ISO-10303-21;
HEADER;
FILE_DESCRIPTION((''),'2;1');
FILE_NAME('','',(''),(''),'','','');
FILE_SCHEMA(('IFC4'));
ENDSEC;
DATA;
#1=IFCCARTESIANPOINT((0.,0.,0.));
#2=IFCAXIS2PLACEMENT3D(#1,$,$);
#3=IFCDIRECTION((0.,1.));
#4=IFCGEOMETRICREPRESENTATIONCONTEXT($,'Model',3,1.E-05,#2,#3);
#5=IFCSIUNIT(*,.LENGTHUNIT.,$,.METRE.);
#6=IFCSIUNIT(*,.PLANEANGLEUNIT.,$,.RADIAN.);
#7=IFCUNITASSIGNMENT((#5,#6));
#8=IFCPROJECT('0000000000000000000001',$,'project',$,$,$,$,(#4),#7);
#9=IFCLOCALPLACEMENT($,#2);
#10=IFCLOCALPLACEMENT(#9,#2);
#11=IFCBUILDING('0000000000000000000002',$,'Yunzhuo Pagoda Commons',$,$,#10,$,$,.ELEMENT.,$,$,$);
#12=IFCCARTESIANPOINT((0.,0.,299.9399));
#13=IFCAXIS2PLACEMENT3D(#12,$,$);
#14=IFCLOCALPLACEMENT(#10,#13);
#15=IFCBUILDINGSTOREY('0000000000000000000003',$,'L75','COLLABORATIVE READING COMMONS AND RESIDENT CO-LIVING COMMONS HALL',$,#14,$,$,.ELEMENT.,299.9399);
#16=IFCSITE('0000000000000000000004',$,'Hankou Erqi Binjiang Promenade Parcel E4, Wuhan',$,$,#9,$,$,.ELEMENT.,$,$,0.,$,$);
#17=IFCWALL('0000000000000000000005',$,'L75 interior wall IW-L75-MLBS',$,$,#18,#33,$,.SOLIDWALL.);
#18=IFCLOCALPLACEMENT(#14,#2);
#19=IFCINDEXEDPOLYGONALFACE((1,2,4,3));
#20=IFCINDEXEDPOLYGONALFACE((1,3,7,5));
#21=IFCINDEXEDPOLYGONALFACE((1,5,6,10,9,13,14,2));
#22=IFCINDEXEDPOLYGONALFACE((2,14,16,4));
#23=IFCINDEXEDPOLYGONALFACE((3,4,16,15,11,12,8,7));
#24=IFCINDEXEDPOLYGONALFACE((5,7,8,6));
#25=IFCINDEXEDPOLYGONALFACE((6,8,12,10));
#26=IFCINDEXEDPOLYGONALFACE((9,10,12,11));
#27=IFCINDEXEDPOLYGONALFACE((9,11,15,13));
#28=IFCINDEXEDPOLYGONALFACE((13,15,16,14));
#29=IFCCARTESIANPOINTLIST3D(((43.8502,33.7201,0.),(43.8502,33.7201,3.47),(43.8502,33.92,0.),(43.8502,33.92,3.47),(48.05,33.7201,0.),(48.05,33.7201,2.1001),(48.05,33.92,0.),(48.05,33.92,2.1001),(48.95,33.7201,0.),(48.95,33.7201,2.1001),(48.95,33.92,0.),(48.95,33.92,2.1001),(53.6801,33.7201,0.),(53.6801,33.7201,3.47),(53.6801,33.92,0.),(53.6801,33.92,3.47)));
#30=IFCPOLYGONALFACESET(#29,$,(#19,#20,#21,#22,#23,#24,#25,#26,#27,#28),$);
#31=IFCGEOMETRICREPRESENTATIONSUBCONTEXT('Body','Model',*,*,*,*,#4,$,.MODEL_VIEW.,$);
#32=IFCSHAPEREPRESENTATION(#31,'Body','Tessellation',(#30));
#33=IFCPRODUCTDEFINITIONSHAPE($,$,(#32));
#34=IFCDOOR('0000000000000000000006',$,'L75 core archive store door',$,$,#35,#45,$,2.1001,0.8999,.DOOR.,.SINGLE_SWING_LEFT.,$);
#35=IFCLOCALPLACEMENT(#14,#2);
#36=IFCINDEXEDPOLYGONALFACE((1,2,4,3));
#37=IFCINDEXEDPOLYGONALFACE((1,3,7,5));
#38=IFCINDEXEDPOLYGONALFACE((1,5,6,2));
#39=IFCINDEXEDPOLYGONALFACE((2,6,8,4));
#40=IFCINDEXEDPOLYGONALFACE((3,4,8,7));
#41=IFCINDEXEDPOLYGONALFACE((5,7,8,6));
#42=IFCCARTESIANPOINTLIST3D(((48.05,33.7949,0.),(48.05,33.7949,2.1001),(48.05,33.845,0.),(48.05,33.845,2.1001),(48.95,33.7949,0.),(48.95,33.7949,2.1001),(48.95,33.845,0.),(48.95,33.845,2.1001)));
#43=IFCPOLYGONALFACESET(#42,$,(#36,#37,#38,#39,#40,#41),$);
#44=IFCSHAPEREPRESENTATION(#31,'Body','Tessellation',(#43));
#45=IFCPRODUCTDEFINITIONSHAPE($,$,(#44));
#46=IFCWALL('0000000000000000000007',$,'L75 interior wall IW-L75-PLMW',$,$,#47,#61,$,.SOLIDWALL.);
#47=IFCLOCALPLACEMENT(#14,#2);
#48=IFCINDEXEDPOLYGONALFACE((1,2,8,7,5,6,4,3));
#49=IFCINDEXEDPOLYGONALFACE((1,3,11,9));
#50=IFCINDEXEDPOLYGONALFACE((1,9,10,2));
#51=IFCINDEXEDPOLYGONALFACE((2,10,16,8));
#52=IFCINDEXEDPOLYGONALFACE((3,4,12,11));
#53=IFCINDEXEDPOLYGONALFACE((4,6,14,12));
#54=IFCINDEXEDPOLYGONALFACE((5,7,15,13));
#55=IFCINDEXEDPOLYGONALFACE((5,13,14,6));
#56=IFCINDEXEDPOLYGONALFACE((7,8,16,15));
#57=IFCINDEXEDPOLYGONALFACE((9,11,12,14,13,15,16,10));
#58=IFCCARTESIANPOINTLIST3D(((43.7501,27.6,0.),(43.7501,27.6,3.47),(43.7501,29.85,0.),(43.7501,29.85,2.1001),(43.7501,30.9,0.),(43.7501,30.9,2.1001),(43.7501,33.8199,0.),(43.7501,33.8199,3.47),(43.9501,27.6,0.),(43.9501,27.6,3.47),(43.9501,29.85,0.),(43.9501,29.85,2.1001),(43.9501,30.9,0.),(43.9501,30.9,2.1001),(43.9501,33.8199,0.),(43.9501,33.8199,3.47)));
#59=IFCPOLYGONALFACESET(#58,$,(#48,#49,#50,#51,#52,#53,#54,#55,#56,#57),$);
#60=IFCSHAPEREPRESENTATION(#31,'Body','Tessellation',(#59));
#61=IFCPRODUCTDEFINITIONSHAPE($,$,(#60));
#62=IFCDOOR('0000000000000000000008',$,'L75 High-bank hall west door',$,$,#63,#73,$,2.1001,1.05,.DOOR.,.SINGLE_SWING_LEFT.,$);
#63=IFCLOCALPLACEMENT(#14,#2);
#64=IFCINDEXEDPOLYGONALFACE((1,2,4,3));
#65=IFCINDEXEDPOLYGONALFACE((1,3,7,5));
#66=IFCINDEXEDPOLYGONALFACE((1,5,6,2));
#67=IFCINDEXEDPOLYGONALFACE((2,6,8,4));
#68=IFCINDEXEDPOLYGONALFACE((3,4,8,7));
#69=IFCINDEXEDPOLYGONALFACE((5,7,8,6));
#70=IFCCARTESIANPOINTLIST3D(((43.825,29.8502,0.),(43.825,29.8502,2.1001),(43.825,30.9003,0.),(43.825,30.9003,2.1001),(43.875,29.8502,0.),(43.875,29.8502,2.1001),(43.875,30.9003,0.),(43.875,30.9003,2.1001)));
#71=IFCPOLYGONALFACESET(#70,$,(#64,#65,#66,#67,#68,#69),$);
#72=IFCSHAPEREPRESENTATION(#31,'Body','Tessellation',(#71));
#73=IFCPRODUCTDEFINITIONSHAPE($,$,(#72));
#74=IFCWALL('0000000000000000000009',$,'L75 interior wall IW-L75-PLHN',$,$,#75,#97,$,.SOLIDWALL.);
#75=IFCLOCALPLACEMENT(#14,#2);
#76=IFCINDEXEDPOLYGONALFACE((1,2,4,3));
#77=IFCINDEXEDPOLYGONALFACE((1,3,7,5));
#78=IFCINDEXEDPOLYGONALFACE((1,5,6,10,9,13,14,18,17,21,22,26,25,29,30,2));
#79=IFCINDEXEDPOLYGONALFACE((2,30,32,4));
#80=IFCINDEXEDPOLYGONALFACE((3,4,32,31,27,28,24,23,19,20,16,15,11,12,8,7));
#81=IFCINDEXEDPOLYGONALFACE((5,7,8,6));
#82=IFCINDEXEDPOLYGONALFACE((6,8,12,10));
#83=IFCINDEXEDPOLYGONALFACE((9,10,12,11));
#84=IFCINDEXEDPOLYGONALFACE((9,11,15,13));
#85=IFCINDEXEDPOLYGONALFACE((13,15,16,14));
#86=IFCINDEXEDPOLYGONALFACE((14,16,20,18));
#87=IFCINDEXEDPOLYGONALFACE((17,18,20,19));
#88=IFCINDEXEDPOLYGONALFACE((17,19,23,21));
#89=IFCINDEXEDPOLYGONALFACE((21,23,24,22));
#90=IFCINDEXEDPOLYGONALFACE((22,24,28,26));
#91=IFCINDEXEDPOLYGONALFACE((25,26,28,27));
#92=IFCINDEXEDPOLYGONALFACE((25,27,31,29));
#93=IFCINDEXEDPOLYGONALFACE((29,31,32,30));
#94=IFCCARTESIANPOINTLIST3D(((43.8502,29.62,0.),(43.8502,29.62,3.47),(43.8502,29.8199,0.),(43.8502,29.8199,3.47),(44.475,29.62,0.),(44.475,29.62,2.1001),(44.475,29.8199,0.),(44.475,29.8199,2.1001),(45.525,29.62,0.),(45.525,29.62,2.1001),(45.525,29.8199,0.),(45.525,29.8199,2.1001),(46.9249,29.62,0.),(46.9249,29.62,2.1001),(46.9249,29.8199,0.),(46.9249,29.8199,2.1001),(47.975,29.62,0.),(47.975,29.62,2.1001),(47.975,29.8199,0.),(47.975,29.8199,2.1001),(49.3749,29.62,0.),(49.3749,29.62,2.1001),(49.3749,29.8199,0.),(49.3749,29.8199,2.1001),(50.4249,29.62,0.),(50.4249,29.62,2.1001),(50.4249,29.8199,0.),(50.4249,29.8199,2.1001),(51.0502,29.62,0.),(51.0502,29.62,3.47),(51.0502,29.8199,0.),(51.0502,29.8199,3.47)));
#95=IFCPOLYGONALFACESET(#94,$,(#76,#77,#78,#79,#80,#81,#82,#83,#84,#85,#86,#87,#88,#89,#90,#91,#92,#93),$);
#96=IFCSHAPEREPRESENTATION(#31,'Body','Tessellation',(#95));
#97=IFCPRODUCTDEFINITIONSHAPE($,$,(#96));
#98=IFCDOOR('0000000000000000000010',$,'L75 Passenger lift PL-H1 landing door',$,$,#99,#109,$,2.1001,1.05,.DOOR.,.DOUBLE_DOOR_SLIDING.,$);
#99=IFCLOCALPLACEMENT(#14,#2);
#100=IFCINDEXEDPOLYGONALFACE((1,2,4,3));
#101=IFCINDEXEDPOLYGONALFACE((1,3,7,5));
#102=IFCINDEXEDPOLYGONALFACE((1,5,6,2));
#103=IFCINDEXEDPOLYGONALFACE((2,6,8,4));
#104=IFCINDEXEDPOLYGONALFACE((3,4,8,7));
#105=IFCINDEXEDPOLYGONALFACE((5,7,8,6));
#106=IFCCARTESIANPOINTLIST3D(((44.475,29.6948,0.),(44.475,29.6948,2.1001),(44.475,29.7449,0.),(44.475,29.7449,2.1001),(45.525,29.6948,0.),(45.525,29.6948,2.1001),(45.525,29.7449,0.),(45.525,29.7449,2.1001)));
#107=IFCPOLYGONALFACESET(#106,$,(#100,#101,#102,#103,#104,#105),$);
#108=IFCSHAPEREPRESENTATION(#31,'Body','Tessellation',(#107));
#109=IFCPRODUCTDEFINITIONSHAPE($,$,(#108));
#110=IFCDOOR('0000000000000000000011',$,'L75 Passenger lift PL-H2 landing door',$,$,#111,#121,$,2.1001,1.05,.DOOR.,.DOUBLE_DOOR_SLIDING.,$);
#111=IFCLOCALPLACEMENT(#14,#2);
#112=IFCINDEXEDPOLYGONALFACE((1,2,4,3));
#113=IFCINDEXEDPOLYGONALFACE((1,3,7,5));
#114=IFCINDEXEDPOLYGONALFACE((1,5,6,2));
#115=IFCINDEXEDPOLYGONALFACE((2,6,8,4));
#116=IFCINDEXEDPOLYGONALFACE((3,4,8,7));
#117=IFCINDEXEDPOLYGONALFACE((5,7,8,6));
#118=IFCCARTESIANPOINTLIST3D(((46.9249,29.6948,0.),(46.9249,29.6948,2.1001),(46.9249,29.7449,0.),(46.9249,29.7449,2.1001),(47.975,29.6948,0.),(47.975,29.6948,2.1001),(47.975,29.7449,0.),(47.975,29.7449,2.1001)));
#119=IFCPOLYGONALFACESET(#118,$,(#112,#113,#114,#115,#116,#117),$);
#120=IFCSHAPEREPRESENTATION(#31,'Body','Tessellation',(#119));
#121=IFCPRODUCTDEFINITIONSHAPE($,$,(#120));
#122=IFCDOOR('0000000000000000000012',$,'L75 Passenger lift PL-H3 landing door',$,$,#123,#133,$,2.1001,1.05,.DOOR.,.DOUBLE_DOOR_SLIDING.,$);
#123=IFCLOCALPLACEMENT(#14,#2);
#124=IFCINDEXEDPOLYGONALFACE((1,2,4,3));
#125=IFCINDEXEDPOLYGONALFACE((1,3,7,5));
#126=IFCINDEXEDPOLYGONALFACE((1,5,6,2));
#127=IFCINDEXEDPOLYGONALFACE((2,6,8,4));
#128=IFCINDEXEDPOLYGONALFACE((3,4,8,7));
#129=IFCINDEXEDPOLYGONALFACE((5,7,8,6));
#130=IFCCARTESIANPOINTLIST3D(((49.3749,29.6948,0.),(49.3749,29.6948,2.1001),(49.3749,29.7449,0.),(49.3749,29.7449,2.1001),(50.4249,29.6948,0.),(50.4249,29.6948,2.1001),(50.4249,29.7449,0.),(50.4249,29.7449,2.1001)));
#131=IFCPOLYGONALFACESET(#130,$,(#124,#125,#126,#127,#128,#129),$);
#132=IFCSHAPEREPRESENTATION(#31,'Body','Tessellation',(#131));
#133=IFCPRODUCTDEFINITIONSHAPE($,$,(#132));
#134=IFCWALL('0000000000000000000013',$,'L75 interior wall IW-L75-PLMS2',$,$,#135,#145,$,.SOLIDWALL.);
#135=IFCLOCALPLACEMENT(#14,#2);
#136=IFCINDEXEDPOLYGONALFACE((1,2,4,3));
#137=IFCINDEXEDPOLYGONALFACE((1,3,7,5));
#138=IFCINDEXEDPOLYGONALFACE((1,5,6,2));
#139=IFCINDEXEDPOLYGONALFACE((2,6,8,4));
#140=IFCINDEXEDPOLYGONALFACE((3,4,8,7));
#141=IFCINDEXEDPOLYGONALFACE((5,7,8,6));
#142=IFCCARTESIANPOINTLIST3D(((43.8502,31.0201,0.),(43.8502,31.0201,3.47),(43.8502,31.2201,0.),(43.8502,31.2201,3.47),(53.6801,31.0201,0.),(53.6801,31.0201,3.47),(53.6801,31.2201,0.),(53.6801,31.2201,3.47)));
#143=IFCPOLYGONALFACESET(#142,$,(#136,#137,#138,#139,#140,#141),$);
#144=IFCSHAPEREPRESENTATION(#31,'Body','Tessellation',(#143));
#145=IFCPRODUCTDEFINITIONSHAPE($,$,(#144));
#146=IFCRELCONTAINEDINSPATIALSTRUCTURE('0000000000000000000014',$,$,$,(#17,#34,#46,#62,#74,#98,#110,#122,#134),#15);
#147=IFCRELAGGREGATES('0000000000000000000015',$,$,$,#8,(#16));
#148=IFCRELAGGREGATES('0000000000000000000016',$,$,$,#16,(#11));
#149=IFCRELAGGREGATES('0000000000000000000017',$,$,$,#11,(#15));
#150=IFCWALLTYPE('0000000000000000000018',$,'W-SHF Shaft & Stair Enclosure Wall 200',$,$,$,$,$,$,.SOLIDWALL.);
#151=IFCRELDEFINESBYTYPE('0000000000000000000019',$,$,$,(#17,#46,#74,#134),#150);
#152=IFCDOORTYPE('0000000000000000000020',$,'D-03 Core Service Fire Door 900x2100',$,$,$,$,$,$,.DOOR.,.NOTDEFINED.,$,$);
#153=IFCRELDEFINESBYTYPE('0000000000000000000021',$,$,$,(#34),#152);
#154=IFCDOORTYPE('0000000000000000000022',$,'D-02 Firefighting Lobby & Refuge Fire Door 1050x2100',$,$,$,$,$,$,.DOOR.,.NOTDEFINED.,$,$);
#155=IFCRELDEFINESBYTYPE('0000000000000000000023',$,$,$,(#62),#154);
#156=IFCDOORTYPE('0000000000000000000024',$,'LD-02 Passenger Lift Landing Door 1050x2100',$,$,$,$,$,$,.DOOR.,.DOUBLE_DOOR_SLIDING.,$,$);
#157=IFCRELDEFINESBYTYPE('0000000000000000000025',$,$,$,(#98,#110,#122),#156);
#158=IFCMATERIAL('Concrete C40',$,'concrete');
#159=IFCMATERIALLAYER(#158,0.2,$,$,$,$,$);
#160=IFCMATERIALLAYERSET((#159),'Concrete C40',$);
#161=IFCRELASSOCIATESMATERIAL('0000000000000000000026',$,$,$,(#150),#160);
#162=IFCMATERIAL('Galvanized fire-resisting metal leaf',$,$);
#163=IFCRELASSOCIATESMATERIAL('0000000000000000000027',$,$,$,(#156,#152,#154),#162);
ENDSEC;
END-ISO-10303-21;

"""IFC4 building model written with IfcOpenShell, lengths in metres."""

from ifc_helpers import new_model, si_unit, direction, frame, frame_2d, origin, origin_with_axes, place, context, subcontext, project, spatial, rectangle, extrude, source, transform, mapped, material, layer, layer_set, type_object, element, fill, save


model = new_model("IFC4")

# Units and contexts
model_context = context("Model", 3, precision=1e-05, world=origin(), true_north=direction((0.0, 1.0)))
body_context = subcontext(model_context, "Body", "Model", "MODEL_VIEW")
ifc_project = project(units=[si_unit("LENGTHUNIT", "METRE"), si_unit("PLANEANGLEUNIT", "RADIAN")], contexts=[model_context])

# Site, building, storey
site_placement = place(None, origin())
site = spatial("IfcSite", under=ifc_project, at=site_placement, Name="Hankou Erqi Binjiang Promenade Parcel E4, Wuhan", CompositionType="ELEMENT", RefElevation=0.0)
building_placement = place(site_placement, origin())
building = spatial("IfcBuilding", under=site, at=building_placement, Name="Yunzhuo Pagoda Commons", CompositionType="ELEMENT")
storey_placement = place(building_placement, frame((0.0, 0.0, 299.9399)))
storey = spatial("IfcBuildingStorey", under=building, at=storey_placement, Name="L75", Description="COLLABORATIVE READING COMMONS AND RESIDENT CO-LIVING COMMONS HALL", CompositionType="ELEMENT", Elevation=299.9399)

# Shared definitions
ifc_material_1 = material(Name="Galvanized fire-resisting metal leaf")

# Shared definitions
ifc_material_2 = material(Name="Concrete C40", Category="concrete")
ifc_layer_1 = layer(ifc_material_2, 0.2)
ifc_layer_set_1 = layer_set([ifc_layer_1], Name="Concrete C40")
wall_type_1 = type_object("IfcWallType", Name="W-SHF Shaft & Stair Enclosure Wall 200", PredefinedType="SOLIDWALL", material=ifc_layer_set_1)
door_type_1 = type_object("IfcDoorType", Name="LD-02 Passenger Lift Landing Door 1050x2100", OperationType="DOUBLE_DOOR_SLIDING", PredefinedType="DOOR", material=ifc_material_1)
shared_shape_1 = source(origin(), body_context, "Body", "SweptSolid", [
    extrude(rectangle(XDim=1.05, YDim=2.1001, at=frame_2d((0.5249, 1.05))), frame((0.0, 0.0249, 0.0), z_axis=(0.0, -1.0, 0.0), x_axis=(1.0, 0.0, 0.0)), (0.0, 0.0, 1.0), 0.05),
])

# Walls, openings, doors
wall_1_placement = place(storey_placement, frame((43.8501, 33.8201, 0.0), z_axis=(0.0, 0.0, 1.0), x_axis=(1.0, 0.0, 0.0)))
wall_1 = element("IfcWall", 1, at=wall_1_placement, inside=storey, type_object=wall_type_1, Name="L75 interior wall IW-L75-MLBS", PredefinedType="SOLIDWALL", context=body_context, shape_type="SweptSolid", body=[
    extrude(rectangle(XDim=9.8298, YDim=0.2, at=frame_2d((4.915, 0.0))), origin(), (0.0, 0.0, 1.0), 3.47),
])
opening_1_placement = place(wall_1_placement, frame((4.2, 0.0, 0.0)))
opening_1 = element("IfcOpeningElement", 2, at=opening_1_placement, cuts=wall_1, PredefinedType="OPENING", context=body_context, shape_type="SweptSolid", body=[
    extrude(rectangle(XDim=0.8999, YDim=2.1001, at=frame_2d((0.45, 1.05))), frame((0.0, 0.1099, 0.0), z_axis=(0.0, -1.0, 0.0), x_axis=(1.0, 0.0, 0.0)), (0.0, 0.0, 1.0), 0.22),
])
door_type_2 = type_object("IfcDoorType", Name="D-03 Core Service Fire Door 900x2100", OperationType="NOTDEFINED", PredefinedType="DOOR", material=ifc_material_1)
shared_shape_2 = source(origin(), body_context, "Body", "SweptSolid", [
    extrude(rectangle(XDim=0.8999, YDim=2.1001, at=frame_2d((0.45, 1.05))), frame((0.0, 0.0249, 0.0), z_axis=(0.0, -1.0, 0.0), x_axis=(1.0, 0.0, 0.0)), (0.0, 0.0, 1.0), 0.05),
])
door_1_placement = place(opening_1_placement, origin_with_axes())
door_1 = element("IfcDoor", 3, at=door_1_placement, inside=storey, type_object=door_type_2, Name="L75 core archive store door", OperationType="SINGLE_SWING_LEFT", OverallHeight=2.1001, OverallWidth=0.8999, PredefinedType="DOOR", context=body_context, shape_type="MappedRepresentation", body=[
    mapped(shared_shape_2, transform((0.0, 0.0, 0.0), scale=1.0)),
])
fill(opening_1, door_1)
wall_2_placement = place(storey_placement, frame((43.8501, 27.6001, 0.0), z_axis=(0.0, 0.0, 1.0), x_axis=(0.0, 1.0, 0.0)))
wall_2 = element("IfcWall", 4, at=wall_2_placement, inside=storey, type_object=wall_type_1, Name="L75 interior wall IW-L75-PLMW", PredefinedType="SOLIDWALL", context=body_context, shape_type="SweptSolid", body=[
    extrude(rectangle(XDim=6.22, YDim=0.2, at=frame_2d((3.1099, 0.0))), origin(), (0.0, 0.0, 1.0), 3.47),
])
opening_2_placement = place(wall_2_placement, frame((2.25, 0.0, 0.0)))
opening_2 = element("IfcOpeningElement", 5, at=opening_2_placement, cuts=wall_2, PredefinedType="OPENING", context=body_context, shape_type="SweptSolid", body=[
    extrude(rectangle(XDim=1.05, YDim=2.1001, at=frame_2d((0.5249, 1.05))), frame((0.0, 0.1099, 0.0), z_axis=(0.0, -1.0, 0.0), x_axis=(1.0, 0.0, 0.0)), (0.0, 0.0, 1.0), 0.22),
])
door_type_3 = type_object("IfcDoorType", Name="D-02 Firefighting Lobby & Refuge Fire Door 1050x2100", OperationType="NOTDEFINED", PredefinedType="DOOR", material=ifc_material_1)
door_2_placement = place(opening_2_placement, frame((1.05, 0.0, 0.0), z_axis=(0.0, 0.0, 1.0), x_axis=(-1.0, 0.0, 0.0)))
door_2 = element("IfcDoor", 6, at=door_2_placement, inside=storey, type_object=door_type_3, Name="L75 High-bank hall west door", OperationType="SINGLE_SWING_LEFT", OverallHeight=2.1001, OverallWidth=1.05, PredefinedType="DOOR", context=body_context, shape_type="MappedRepresentation", body=[
    mapped(shared_shape_1, transform((0.0, 0.0, 0.0), scale=1.0)),
])
fill(opening_2, door_2)

# Wall, openings, doors
wall_3_placement = place(storey_placement, frame((43.8501, 29.72, 0.0), z_axis=(0.0, 0.0, 1.0), x_axis=(1.0, 0.0, 0.0)))
wall_3 = element("IfcWall", 7, at=wall_3_placement, inside=storey, type_object=wall_type_1, Name="L75 interior wall IW-L75-PLHN", PredefinedType="SOLIDWALL", context=body_context, shape_type="SweptSolid", body=[
    extrude(rectangle(XDim=7.2, YDim=0.2, at=frame_2d((3.6001, 0.0))), origin(), (0.0, 0.0, 1.0), 3.47),
])
opening_3_placement = place(wall_3_placement, frame((0.625, 0.0, 0.0)))
opening_3 = element("IfcOpeningElement", 8, at=opening_3_placement, cuts=wall_3, PredefinedType="OPENING", context=body_context, shape_type="SweptSolid", body=[
    extrude(rectangle(XDim=1.05, YDim=2.1001, at=frame_2d((0.5249, 1.05))), frame((0.0, 0.1099, 0.0), z_axis=(0.0, -1.0, 0.0), x_axis=(1.0, 0.0, 0.0)), (0.0, 0.0, 1.0), 0.22),
])
opening_4_placement = place(wall_3_placement, frame((3.075, 0.0, 0.0)))
opening_4 = element("IfcOpeningElement", 9, at=opening_4_placement, cuts=wall_3, PredefinedType="OPENING", context=body_context, shape_type="SweptSolid", body=[
    extrude(rectangle(XDim=1.05, YDim=2.1001, at=frame_2d((0.5249, 1.05))), frame((0.0, 0.1099, 0.0), z_axis=(0.0, -1.0, 0.0), x_axis=(1.0, 0.0, 0.0)), (0.0, 0.0, 1.0), 0.22),
])
opening_5_placement = place(wall_3_placement, frame((5.5249, 0.0, 0.0)))
opening_5 = element("IfcOpeningElement", 10, at=opening_5_placement, cuts=wall_3, PredefinedType="OPENING", context=body_context, shape_type="SweptSolid", body=[
    extrude(rectangle(XDim=1.05, YDim=2.1001, at=frame_2d((0.5249, 1.05))), frame((0.0, 0.1099, 0.0), z_axis=(0.0, -1.0, 0.0), x_axis=(1.0, 0.0, 0.0)), (0.0, 0.0, 1.0), 0.22),
])
door_3_placement = place(opening_3_placement, origin_with_axes())
door_3 = element("IfcDoor", 11, at=door_3_placement, inside=storey, type_object=door_type_1, Name="L75 Passenger lift PL-H1 landing door", OperationType="DOUBLE_DOOR_SLIDING", OverallHeight=2.1001, OverallWidth=1.05, PredefinedType="DOOR", context=body_context, shape_type="MappedRepresentation", body=[
    mapped(shared_shape_1, transform((0.0, 0.0, 0.0), scale=1.0)),
])
fill(opening_3, door_3)
door_4_placement = place(opening_4_placement, origin_with_axes())
door_4 = element("IfcDoor", 12, at=door_4_placement, inside=storey, type_object=door_type_1, Name="L75 Passenger lift PL-H2 landing door", OperationType="DOUBLE_DOOR_SLIDING", OverallHeight=2.1001, OverallWidth=1.05, PredefinedType="DOOR", context=body_context, shape_type="MappedRepresentation", body=[
    mapped(shared_shape_1, transform((0.0, 0.0, 0.0), scale=1.0)),
])
fill(opening_4, door_4)
door_5_placement = place(opening_5_placement, origin_with_axes())
door_5 = element("IfcDoor", 13, at=door_5_placement, inside=storey, type_object=door_type_1, Name="L75 Passenger lift PL-H3 landing door", OperationType="DOUBLE_DOOR_SLIDING", OverallHeight=2.1001, OverallWidth=1.05, PredefinedType="DOOR", context=body_context, shape_type="MappedRepresentation", body=[
    mapped(shared_shape_1, transform((0.0, 0.0, 0.0), scale=1.0)),
])
fill(opening_5, door_5)

# Wall
wall_4_placement = place(storey_placement, frame((43.8501, 31.1201, 0.0), z_axis=(0.0, 0.0, 1.0), x_axis=(1.0, 0.0, 0.0)))
element("IfcWall", 14, at=wall_4_placement, inside=storey, type_object=wall_type_1, Name="L75 interior wall IW-L75-PLMS2", PredefinedType="SOLIDWALL", context=body_context, shape_type="SweptSolid", body=[
    extrude(rectangle(XDim=9.8298, YDim=0.2, at=frame_2d((4.915, 0.0))), origin(), (0.0, 0.0, 1.0), 3.47),
])

save(model, "model.ifc")
